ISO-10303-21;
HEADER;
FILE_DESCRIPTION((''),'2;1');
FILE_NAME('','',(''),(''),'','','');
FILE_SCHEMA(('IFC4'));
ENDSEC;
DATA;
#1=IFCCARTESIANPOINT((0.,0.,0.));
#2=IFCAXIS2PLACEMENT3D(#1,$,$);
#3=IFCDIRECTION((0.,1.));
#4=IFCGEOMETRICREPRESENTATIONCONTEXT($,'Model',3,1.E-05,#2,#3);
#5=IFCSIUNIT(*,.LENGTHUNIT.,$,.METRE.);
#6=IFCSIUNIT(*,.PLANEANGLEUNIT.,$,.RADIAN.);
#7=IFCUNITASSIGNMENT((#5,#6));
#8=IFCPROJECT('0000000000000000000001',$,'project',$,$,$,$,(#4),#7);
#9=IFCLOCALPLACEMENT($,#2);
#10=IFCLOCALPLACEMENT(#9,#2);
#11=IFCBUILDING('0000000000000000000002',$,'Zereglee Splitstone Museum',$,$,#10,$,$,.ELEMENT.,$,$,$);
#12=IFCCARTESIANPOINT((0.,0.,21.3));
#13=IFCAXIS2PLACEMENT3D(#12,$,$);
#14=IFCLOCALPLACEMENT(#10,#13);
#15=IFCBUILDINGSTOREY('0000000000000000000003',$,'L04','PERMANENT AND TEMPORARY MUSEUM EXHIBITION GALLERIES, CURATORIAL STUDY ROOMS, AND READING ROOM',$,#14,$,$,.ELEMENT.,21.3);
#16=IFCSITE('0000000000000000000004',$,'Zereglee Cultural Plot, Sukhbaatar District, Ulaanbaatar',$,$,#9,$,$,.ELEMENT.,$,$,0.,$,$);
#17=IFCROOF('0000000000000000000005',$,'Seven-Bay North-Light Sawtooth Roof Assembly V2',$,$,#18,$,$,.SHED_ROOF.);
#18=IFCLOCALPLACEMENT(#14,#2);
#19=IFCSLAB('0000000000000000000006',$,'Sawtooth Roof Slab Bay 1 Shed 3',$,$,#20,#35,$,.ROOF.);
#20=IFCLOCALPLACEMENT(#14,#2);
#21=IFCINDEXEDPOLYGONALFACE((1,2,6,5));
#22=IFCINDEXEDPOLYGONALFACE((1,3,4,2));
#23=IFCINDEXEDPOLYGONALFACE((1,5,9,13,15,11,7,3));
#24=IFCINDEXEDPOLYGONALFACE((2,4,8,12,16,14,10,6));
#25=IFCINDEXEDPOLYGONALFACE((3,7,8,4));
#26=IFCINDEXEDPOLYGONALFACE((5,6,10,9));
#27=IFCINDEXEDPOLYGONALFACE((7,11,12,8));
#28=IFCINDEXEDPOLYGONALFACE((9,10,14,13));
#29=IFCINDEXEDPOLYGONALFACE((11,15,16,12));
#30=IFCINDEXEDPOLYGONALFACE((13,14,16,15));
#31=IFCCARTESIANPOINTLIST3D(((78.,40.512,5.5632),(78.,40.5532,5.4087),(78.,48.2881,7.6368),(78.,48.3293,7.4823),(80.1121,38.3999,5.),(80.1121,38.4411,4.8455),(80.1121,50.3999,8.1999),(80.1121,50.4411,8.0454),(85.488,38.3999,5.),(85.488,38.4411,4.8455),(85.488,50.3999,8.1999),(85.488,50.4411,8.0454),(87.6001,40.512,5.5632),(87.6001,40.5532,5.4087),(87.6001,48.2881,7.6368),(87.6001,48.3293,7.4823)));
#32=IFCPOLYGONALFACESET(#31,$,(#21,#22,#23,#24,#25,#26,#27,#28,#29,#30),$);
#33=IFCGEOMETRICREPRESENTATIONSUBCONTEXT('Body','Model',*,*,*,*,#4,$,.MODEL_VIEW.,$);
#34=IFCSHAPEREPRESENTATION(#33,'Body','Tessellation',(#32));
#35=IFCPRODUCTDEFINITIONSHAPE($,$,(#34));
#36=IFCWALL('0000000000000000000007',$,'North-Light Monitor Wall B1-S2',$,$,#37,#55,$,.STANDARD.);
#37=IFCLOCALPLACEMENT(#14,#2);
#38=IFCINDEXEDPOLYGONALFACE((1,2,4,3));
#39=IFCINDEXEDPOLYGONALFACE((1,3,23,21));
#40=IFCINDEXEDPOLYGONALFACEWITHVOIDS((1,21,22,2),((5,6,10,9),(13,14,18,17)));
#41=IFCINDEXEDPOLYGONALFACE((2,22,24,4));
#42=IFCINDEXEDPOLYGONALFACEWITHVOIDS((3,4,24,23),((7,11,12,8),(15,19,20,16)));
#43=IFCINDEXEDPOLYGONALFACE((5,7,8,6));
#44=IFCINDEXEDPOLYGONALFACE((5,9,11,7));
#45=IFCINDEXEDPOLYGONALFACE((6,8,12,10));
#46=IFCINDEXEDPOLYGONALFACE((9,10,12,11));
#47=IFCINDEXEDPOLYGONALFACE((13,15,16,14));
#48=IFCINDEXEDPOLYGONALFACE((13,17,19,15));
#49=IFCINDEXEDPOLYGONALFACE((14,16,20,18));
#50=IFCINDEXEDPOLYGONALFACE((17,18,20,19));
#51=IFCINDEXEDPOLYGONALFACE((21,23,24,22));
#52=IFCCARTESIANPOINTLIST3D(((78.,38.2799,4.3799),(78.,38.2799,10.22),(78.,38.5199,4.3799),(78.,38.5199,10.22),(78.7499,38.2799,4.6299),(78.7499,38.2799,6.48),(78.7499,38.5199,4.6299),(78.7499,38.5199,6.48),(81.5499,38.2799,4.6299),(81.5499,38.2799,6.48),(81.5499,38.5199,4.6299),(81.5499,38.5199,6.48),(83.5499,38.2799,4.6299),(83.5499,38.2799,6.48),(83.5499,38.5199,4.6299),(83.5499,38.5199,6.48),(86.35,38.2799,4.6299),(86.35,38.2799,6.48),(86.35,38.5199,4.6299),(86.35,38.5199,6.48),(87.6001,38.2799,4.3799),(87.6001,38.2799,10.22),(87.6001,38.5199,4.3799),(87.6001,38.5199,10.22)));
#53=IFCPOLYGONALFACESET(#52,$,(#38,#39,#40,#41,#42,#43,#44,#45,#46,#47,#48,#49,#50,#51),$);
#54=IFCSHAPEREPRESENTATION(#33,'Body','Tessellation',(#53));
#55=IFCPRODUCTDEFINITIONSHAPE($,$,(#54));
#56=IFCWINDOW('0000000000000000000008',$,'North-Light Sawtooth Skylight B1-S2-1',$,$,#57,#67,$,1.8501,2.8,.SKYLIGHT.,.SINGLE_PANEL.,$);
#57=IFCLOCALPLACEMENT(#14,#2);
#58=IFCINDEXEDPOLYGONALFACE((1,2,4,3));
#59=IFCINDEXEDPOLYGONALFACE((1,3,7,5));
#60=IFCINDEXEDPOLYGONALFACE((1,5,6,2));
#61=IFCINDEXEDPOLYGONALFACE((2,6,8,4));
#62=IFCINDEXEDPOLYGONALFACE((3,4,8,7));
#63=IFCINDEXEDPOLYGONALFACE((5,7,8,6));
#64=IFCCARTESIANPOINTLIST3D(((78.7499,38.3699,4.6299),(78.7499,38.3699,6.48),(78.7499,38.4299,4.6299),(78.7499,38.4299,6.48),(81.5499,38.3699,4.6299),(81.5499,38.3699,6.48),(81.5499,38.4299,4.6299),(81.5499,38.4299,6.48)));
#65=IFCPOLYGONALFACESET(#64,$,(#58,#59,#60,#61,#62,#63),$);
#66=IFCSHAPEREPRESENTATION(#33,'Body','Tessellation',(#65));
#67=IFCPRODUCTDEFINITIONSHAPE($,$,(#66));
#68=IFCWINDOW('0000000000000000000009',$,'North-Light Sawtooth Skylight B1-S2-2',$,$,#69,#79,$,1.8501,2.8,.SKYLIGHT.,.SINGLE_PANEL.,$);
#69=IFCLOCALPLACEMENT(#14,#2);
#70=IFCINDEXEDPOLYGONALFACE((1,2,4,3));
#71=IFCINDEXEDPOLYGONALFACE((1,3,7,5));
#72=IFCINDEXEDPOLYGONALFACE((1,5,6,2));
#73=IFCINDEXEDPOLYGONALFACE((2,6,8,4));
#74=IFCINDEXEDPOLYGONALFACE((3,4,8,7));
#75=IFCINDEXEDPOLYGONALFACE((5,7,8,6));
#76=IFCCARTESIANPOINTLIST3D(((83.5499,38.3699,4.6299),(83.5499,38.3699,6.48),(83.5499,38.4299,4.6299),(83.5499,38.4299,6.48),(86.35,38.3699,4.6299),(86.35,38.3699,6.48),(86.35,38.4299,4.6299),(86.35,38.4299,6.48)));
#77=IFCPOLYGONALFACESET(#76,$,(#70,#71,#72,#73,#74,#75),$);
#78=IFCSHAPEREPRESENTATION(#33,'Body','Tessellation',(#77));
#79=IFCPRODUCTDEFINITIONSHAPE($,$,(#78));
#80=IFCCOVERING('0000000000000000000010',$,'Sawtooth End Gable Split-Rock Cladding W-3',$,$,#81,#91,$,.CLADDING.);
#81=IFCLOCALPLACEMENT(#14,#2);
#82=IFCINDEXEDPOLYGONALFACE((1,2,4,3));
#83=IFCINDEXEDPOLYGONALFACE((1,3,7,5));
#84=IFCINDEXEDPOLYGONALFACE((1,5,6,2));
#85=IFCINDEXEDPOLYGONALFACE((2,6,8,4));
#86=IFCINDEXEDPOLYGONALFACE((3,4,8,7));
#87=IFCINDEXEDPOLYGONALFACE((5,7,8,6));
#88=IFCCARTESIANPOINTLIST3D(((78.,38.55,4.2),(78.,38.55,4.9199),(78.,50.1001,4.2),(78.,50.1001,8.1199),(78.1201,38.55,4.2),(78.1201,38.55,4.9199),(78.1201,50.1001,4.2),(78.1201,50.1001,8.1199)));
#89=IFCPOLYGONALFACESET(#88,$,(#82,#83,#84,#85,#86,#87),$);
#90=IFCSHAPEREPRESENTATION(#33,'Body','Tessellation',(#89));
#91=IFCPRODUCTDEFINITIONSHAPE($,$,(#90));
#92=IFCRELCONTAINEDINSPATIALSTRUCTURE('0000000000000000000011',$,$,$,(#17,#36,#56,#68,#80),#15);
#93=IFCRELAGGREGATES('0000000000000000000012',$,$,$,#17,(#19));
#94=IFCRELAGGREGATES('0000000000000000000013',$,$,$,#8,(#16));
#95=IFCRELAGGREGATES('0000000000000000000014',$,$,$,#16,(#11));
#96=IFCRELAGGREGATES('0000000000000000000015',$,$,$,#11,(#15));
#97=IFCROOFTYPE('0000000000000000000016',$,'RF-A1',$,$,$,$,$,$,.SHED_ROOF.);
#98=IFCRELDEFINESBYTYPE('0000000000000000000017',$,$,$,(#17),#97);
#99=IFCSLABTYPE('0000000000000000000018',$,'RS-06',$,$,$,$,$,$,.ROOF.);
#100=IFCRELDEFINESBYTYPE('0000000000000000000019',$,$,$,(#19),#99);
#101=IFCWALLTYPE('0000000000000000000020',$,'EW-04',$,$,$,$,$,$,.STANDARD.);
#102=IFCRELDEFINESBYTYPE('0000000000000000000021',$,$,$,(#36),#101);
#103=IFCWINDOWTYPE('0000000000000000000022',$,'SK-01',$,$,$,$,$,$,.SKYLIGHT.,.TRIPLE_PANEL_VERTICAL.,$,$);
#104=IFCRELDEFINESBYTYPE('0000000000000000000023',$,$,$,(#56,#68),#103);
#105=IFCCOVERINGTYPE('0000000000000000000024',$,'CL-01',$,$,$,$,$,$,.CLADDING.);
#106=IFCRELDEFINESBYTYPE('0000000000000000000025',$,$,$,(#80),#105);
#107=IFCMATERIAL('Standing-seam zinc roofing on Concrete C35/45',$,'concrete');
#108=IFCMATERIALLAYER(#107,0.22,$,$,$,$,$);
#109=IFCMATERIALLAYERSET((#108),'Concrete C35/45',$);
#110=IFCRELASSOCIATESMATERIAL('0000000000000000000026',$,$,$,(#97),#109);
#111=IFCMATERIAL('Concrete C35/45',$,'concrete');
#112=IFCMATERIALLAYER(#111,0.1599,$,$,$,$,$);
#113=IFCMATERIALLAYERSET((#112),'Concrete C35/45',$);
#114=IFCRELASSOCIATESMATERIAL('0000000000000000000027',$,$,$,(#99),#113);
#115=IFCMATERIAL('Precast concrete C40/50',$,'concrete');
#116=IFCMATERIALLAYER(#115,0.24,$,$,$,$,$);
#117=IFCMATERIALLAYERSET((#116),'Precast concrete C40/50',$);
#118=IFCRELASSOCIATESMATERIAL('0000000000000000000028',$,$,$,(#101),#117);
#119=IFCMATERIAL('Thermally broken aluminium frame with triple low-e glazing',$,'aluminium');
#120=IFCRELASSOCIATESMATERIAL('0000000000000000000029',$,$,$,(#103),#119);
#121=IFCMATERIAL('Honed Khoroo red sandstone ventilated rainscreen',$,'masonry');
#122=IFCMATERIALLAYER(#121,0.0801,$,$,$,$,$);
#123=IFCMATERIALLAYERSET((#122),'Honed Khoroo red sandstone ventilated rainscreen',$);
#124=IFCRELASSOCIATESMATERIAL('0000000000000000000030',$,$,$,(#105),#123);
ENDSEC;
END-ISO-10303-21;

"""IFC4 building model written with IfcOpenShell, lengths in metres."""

from ifc_helpers import new_model, si_unit, direction, frame, frame_2d, origin, place, context, subcontext, project, spatial, polyline, rectangle, outline, extrude, material, layer, layer_set, type_object, element, fill, aggregate, save


model = new_model("IFC4")

# Units and contexts
model_context = context("Model", 3, precision=1e-05, world=origin(), true_north=direction((0.0, 1.0)))
body_context = subcontext(model_context, "Body", "Model", "MODEL_VIEW")
ifc_project = project(units=[si_unit("LENGTHUNIT", "METRE"), si_unit("PLANEANGLEUNIT", "RADIAN")], contexts=[model_context])

# Site, building, storey
site_placement = place(None, origin())
site = spatial("IfcSite", under=ifc_project, at=site_placement, Name="Zereglee Cultural Plot, Sukhbaatar District, Ulaanbaatar", CompositionType="ELEMENT", RefElevation=0.0)
building_placement = place(site_placement, origin())
building = spatial("IfcBuilding", under=site, at=building_placement, Name="Zereglee Splitstone Museum", CompositionType="ELEMENT")
storey_placement = place(building_placement, frame((0.0, 0.0, 21.3)))
storey = spatial("IfcBuildingStorey", under=building, at=storey_placement, Name="L04", Description="PERMANENT AND TEMPORARY MUSEUM EXHIBITION GALLERIES, CURATORIAL STUDY ROOMS, AND READING ROOM", CompositionType="ELEMENT", Elevation=21.3)

# Roof, slab
ifc_material_1 = material(Name="Standing-seam zinc roofing on Concrete C35/45", Category="concrete")
ifc_layer_1 = layer(ifc_material_1, 0.22)
ifc_layer_set_1 = layer_set([ifc_layer_1], Name="Concrete C35/45")
roof_type = type_object("IfcRoofType", Name="RF-A1", PredefinedType="SHED_ROOF", material=ifc_layer_set_1)
roof_placement = place(storey_placement, origin())
roof = element("IfcRoof", 1, at=roof_placement, inside=storey, type_object=roof_type, Name="Seven-Bay North-Light Sawtooth Roof Assembly V2", PredefinedType="SHED_ROOF")
ifc_material_2 = material(Name="Concrete C35/45", Category="concrete")
ifc_layer_2 = layer(ifc_material_2, 0.1599)
ifc_layer_set_2 = layer_set([ifc_layer_2], Name="Concrete C35/45")
slab_type = type_object("IfcSlabType", Name="RS-06", PredefinedType="ROOF", material=ifc_layer_set_2)
slab_placement = place(storey_placement, frame((80.1121, 38.3999, 5.0), z_axis=(0.0, -0.257657, 0.966236), x_axis=(1.0, 0.0, 0.0)))
slab = element("IfcSlab", 2, at=slab_placement, type_object=slab_type, Name="Sawtooth Roof Slab Bay 1 Shed 3", PredefinedType="ROOF", context=body_context, shape_type="SweptSolid", body=[
    extrude(outline(polyline([(0.0, 0.0), (5.376, 0.0), (7.488, 2.1859), (7.488, 10.2337), (5.376, 12.4193), (0.0, 12.4193), (-2.1121, 10.2337), (-2.1121, 2.1859), (0.0, 0.0)])), origin(), (0.0, 0.0, -1.0), 0.1599),
])
aggregate(roof, [slab])

# Wall, openings, windows
ifc_material_3 = material(Name="Precast concrete C40/50", Category="concrete")
ifc_layer_3 = layer(ifc_material_3, 0.24)
ifc_layer_set_3 = layer_set([ifc_layer_3], Name="Precast concrete C40/50")
wall_type = type_object("IfcWallType", Name="EW-04", PredefinedType="STANDARD", material=ifc_layer_set_3)
wall_placement = place(storey_placement, frame((78.0, 38.3999, 4.3799), z_axis=(0.0, 0.0, 1.0), x_axis=(1.0, 0.0, 0.0)))
wall = element("IfcWall", 3, at=wall_placement, inside=storey, type_object=wall_type, Name="North-Light Monitor Wall B1-S2", PredefinedType="STANDARD", context=body_context, shape_type="SweptSolid", body=[
    extrude(rectangle(XDim=9.6001, YDim=0.24, at=frame_2d((4.8, 0.0))), origin(), (0.0, 0.0, 1.0), 5.8401),
])
opening_1_placement = place(wall_placement, frame((0.75, 0.0, 0.25)))
opening_1 = element("IfcOpeningElement", 4, at=opening_1_placement, cuts=wall, PredefinedType="OPENING", context=body_context, shape_type="SweptSolid", body=[
    extrude(rectangle(XDim=2.8, YDim=1.8501, at=frame_2d((1.3999, 0.925))), frame((0.0, 0.1348, 0.0), z_axis=(0.0, -1.0, 0.0), x_axis=(1.0, 0.0, 0.0)), (0.0, 0.0, 1.0), 0.2698),
])
opening_2_placement = place(wall_placement, frame((5.55, 0.0, 0.25)))
opening_2 = element("IfcOpeningElement", 5, at=opening_2_placement, cuts=wall, PredefinedType="OPENING", context=body_context, shape_type="SweptSolid", body=[
    extrude(rectangle(XDim=2.8, YDim=1.8501, at=frame_2d((1.3999, 0.925))), frame((0.0, 0.1348, 0.0), z_axis=(0.0, -1.0, 0.0), x_axis=(1.0, 0.0, 0.0)), (0.0, 0.0, 1.0), 0.2698),
])
ifc_material_4 = material(Name="Thermally broken aluminium frame with triple low-e glazing", Category="aluminium")
window_type = type_object("IfcWindowType", Name="SK-01", PartitioningType="TRIPLE_PANEL_VERTICAL", PredefinedType="SKYLIGHT", material=ifc_material_4)
window_1_placement = place(opening_1_placement, origin())
window_1 = element("IfcWindow", 6, at=window_1_placement, inside=storey, type_object=window_type, Name="North-Light Sawtooth Skylight B1-S2-1", OverallHeight=1.8501, OverallWidth=2.8, PartitioningType="SINGLE_PANEL", PredefinedType="SKYLIGHT", context=body_context, shape_type="SweptSolid", body=[
    extrude(rectangle(XDim=2.8, YDim=1.8501, at=frame_2d((1.3999, 0.925))), frame((0.0, 0.03, 0.0), z_axis=(0.0, -1.0, 0.0), x_axis=(1.0, 0.0, 0.0)), (0.0, 0.0, 1.0), 0.0601),
])
fill(opening_1, window_1)
window_2_placement = place(opening_2_placement, origin())
window_2 = element("IfcWindow", 7, at=window_2_placement, inside=storey, type_object=window_type, Name="North-Light Sawtooth Skylight B1-S2-2", OverallHeight=1.8501, OverallWidth=2.8, PartitioningType="SINGLE_PANEL", PredefinedType="SKYLIGHT", context=body_context, shape_type="SweptSolid", body=[
    extrude(rectangle(XDim=2.8, YDim=1.8501, at=frame_2d((1.3999, 0.925))), frame((0.0, 0.03, 0.0), z_axis=(0.0, -1.0, 0.0), x_axis=(1.0, 0.0, 0.0)), (0.0, 0.0, 1.0), 0.0601),
])
fill(opening_2, window_2)

# Covering
ifc_material_5 = material(Name="Honed Khoroo red sandstone ventilated rainscreen", Category="masonry")
ifc_layer_4 = layer(ifc_material_5, 0.0801)
ifc_layer_set_4 = layer_set([ifc_layer_4], Name="Honed Khoroo red sandstone ventilated rainscreen")
covering_type = type_object("IfcCoveringType", Name="CL-01", PredefinedType="CLADDING", material=ifc_layer_set_4)
covering_placement = place(storey_placement, frame((78.0, 38.55, 4.9199), z_axis=(-1.0, 0.0, 0.0), x_axis=(0.0, 0.963698, 0.266993)))
element("IfcCovering", 8, at=covering_placement, inside=storey, type_object=covering_type, Name="Sawtooth End Gable Split-Rock Cladding W-3", PredefinedType="CLADDING", context=body_context, shape_type="SweptSolid", body=[
    extrude(outline(polyline([(0.0, 0.0), (11.9851, 0.0), (10.9385, 3.7776), (-0.1922, 0.6938), (0.0, 0.0)])), origin(), (0.0, 0.0, -1.0), 0.1201),
])

save(model, "model.ifc")
